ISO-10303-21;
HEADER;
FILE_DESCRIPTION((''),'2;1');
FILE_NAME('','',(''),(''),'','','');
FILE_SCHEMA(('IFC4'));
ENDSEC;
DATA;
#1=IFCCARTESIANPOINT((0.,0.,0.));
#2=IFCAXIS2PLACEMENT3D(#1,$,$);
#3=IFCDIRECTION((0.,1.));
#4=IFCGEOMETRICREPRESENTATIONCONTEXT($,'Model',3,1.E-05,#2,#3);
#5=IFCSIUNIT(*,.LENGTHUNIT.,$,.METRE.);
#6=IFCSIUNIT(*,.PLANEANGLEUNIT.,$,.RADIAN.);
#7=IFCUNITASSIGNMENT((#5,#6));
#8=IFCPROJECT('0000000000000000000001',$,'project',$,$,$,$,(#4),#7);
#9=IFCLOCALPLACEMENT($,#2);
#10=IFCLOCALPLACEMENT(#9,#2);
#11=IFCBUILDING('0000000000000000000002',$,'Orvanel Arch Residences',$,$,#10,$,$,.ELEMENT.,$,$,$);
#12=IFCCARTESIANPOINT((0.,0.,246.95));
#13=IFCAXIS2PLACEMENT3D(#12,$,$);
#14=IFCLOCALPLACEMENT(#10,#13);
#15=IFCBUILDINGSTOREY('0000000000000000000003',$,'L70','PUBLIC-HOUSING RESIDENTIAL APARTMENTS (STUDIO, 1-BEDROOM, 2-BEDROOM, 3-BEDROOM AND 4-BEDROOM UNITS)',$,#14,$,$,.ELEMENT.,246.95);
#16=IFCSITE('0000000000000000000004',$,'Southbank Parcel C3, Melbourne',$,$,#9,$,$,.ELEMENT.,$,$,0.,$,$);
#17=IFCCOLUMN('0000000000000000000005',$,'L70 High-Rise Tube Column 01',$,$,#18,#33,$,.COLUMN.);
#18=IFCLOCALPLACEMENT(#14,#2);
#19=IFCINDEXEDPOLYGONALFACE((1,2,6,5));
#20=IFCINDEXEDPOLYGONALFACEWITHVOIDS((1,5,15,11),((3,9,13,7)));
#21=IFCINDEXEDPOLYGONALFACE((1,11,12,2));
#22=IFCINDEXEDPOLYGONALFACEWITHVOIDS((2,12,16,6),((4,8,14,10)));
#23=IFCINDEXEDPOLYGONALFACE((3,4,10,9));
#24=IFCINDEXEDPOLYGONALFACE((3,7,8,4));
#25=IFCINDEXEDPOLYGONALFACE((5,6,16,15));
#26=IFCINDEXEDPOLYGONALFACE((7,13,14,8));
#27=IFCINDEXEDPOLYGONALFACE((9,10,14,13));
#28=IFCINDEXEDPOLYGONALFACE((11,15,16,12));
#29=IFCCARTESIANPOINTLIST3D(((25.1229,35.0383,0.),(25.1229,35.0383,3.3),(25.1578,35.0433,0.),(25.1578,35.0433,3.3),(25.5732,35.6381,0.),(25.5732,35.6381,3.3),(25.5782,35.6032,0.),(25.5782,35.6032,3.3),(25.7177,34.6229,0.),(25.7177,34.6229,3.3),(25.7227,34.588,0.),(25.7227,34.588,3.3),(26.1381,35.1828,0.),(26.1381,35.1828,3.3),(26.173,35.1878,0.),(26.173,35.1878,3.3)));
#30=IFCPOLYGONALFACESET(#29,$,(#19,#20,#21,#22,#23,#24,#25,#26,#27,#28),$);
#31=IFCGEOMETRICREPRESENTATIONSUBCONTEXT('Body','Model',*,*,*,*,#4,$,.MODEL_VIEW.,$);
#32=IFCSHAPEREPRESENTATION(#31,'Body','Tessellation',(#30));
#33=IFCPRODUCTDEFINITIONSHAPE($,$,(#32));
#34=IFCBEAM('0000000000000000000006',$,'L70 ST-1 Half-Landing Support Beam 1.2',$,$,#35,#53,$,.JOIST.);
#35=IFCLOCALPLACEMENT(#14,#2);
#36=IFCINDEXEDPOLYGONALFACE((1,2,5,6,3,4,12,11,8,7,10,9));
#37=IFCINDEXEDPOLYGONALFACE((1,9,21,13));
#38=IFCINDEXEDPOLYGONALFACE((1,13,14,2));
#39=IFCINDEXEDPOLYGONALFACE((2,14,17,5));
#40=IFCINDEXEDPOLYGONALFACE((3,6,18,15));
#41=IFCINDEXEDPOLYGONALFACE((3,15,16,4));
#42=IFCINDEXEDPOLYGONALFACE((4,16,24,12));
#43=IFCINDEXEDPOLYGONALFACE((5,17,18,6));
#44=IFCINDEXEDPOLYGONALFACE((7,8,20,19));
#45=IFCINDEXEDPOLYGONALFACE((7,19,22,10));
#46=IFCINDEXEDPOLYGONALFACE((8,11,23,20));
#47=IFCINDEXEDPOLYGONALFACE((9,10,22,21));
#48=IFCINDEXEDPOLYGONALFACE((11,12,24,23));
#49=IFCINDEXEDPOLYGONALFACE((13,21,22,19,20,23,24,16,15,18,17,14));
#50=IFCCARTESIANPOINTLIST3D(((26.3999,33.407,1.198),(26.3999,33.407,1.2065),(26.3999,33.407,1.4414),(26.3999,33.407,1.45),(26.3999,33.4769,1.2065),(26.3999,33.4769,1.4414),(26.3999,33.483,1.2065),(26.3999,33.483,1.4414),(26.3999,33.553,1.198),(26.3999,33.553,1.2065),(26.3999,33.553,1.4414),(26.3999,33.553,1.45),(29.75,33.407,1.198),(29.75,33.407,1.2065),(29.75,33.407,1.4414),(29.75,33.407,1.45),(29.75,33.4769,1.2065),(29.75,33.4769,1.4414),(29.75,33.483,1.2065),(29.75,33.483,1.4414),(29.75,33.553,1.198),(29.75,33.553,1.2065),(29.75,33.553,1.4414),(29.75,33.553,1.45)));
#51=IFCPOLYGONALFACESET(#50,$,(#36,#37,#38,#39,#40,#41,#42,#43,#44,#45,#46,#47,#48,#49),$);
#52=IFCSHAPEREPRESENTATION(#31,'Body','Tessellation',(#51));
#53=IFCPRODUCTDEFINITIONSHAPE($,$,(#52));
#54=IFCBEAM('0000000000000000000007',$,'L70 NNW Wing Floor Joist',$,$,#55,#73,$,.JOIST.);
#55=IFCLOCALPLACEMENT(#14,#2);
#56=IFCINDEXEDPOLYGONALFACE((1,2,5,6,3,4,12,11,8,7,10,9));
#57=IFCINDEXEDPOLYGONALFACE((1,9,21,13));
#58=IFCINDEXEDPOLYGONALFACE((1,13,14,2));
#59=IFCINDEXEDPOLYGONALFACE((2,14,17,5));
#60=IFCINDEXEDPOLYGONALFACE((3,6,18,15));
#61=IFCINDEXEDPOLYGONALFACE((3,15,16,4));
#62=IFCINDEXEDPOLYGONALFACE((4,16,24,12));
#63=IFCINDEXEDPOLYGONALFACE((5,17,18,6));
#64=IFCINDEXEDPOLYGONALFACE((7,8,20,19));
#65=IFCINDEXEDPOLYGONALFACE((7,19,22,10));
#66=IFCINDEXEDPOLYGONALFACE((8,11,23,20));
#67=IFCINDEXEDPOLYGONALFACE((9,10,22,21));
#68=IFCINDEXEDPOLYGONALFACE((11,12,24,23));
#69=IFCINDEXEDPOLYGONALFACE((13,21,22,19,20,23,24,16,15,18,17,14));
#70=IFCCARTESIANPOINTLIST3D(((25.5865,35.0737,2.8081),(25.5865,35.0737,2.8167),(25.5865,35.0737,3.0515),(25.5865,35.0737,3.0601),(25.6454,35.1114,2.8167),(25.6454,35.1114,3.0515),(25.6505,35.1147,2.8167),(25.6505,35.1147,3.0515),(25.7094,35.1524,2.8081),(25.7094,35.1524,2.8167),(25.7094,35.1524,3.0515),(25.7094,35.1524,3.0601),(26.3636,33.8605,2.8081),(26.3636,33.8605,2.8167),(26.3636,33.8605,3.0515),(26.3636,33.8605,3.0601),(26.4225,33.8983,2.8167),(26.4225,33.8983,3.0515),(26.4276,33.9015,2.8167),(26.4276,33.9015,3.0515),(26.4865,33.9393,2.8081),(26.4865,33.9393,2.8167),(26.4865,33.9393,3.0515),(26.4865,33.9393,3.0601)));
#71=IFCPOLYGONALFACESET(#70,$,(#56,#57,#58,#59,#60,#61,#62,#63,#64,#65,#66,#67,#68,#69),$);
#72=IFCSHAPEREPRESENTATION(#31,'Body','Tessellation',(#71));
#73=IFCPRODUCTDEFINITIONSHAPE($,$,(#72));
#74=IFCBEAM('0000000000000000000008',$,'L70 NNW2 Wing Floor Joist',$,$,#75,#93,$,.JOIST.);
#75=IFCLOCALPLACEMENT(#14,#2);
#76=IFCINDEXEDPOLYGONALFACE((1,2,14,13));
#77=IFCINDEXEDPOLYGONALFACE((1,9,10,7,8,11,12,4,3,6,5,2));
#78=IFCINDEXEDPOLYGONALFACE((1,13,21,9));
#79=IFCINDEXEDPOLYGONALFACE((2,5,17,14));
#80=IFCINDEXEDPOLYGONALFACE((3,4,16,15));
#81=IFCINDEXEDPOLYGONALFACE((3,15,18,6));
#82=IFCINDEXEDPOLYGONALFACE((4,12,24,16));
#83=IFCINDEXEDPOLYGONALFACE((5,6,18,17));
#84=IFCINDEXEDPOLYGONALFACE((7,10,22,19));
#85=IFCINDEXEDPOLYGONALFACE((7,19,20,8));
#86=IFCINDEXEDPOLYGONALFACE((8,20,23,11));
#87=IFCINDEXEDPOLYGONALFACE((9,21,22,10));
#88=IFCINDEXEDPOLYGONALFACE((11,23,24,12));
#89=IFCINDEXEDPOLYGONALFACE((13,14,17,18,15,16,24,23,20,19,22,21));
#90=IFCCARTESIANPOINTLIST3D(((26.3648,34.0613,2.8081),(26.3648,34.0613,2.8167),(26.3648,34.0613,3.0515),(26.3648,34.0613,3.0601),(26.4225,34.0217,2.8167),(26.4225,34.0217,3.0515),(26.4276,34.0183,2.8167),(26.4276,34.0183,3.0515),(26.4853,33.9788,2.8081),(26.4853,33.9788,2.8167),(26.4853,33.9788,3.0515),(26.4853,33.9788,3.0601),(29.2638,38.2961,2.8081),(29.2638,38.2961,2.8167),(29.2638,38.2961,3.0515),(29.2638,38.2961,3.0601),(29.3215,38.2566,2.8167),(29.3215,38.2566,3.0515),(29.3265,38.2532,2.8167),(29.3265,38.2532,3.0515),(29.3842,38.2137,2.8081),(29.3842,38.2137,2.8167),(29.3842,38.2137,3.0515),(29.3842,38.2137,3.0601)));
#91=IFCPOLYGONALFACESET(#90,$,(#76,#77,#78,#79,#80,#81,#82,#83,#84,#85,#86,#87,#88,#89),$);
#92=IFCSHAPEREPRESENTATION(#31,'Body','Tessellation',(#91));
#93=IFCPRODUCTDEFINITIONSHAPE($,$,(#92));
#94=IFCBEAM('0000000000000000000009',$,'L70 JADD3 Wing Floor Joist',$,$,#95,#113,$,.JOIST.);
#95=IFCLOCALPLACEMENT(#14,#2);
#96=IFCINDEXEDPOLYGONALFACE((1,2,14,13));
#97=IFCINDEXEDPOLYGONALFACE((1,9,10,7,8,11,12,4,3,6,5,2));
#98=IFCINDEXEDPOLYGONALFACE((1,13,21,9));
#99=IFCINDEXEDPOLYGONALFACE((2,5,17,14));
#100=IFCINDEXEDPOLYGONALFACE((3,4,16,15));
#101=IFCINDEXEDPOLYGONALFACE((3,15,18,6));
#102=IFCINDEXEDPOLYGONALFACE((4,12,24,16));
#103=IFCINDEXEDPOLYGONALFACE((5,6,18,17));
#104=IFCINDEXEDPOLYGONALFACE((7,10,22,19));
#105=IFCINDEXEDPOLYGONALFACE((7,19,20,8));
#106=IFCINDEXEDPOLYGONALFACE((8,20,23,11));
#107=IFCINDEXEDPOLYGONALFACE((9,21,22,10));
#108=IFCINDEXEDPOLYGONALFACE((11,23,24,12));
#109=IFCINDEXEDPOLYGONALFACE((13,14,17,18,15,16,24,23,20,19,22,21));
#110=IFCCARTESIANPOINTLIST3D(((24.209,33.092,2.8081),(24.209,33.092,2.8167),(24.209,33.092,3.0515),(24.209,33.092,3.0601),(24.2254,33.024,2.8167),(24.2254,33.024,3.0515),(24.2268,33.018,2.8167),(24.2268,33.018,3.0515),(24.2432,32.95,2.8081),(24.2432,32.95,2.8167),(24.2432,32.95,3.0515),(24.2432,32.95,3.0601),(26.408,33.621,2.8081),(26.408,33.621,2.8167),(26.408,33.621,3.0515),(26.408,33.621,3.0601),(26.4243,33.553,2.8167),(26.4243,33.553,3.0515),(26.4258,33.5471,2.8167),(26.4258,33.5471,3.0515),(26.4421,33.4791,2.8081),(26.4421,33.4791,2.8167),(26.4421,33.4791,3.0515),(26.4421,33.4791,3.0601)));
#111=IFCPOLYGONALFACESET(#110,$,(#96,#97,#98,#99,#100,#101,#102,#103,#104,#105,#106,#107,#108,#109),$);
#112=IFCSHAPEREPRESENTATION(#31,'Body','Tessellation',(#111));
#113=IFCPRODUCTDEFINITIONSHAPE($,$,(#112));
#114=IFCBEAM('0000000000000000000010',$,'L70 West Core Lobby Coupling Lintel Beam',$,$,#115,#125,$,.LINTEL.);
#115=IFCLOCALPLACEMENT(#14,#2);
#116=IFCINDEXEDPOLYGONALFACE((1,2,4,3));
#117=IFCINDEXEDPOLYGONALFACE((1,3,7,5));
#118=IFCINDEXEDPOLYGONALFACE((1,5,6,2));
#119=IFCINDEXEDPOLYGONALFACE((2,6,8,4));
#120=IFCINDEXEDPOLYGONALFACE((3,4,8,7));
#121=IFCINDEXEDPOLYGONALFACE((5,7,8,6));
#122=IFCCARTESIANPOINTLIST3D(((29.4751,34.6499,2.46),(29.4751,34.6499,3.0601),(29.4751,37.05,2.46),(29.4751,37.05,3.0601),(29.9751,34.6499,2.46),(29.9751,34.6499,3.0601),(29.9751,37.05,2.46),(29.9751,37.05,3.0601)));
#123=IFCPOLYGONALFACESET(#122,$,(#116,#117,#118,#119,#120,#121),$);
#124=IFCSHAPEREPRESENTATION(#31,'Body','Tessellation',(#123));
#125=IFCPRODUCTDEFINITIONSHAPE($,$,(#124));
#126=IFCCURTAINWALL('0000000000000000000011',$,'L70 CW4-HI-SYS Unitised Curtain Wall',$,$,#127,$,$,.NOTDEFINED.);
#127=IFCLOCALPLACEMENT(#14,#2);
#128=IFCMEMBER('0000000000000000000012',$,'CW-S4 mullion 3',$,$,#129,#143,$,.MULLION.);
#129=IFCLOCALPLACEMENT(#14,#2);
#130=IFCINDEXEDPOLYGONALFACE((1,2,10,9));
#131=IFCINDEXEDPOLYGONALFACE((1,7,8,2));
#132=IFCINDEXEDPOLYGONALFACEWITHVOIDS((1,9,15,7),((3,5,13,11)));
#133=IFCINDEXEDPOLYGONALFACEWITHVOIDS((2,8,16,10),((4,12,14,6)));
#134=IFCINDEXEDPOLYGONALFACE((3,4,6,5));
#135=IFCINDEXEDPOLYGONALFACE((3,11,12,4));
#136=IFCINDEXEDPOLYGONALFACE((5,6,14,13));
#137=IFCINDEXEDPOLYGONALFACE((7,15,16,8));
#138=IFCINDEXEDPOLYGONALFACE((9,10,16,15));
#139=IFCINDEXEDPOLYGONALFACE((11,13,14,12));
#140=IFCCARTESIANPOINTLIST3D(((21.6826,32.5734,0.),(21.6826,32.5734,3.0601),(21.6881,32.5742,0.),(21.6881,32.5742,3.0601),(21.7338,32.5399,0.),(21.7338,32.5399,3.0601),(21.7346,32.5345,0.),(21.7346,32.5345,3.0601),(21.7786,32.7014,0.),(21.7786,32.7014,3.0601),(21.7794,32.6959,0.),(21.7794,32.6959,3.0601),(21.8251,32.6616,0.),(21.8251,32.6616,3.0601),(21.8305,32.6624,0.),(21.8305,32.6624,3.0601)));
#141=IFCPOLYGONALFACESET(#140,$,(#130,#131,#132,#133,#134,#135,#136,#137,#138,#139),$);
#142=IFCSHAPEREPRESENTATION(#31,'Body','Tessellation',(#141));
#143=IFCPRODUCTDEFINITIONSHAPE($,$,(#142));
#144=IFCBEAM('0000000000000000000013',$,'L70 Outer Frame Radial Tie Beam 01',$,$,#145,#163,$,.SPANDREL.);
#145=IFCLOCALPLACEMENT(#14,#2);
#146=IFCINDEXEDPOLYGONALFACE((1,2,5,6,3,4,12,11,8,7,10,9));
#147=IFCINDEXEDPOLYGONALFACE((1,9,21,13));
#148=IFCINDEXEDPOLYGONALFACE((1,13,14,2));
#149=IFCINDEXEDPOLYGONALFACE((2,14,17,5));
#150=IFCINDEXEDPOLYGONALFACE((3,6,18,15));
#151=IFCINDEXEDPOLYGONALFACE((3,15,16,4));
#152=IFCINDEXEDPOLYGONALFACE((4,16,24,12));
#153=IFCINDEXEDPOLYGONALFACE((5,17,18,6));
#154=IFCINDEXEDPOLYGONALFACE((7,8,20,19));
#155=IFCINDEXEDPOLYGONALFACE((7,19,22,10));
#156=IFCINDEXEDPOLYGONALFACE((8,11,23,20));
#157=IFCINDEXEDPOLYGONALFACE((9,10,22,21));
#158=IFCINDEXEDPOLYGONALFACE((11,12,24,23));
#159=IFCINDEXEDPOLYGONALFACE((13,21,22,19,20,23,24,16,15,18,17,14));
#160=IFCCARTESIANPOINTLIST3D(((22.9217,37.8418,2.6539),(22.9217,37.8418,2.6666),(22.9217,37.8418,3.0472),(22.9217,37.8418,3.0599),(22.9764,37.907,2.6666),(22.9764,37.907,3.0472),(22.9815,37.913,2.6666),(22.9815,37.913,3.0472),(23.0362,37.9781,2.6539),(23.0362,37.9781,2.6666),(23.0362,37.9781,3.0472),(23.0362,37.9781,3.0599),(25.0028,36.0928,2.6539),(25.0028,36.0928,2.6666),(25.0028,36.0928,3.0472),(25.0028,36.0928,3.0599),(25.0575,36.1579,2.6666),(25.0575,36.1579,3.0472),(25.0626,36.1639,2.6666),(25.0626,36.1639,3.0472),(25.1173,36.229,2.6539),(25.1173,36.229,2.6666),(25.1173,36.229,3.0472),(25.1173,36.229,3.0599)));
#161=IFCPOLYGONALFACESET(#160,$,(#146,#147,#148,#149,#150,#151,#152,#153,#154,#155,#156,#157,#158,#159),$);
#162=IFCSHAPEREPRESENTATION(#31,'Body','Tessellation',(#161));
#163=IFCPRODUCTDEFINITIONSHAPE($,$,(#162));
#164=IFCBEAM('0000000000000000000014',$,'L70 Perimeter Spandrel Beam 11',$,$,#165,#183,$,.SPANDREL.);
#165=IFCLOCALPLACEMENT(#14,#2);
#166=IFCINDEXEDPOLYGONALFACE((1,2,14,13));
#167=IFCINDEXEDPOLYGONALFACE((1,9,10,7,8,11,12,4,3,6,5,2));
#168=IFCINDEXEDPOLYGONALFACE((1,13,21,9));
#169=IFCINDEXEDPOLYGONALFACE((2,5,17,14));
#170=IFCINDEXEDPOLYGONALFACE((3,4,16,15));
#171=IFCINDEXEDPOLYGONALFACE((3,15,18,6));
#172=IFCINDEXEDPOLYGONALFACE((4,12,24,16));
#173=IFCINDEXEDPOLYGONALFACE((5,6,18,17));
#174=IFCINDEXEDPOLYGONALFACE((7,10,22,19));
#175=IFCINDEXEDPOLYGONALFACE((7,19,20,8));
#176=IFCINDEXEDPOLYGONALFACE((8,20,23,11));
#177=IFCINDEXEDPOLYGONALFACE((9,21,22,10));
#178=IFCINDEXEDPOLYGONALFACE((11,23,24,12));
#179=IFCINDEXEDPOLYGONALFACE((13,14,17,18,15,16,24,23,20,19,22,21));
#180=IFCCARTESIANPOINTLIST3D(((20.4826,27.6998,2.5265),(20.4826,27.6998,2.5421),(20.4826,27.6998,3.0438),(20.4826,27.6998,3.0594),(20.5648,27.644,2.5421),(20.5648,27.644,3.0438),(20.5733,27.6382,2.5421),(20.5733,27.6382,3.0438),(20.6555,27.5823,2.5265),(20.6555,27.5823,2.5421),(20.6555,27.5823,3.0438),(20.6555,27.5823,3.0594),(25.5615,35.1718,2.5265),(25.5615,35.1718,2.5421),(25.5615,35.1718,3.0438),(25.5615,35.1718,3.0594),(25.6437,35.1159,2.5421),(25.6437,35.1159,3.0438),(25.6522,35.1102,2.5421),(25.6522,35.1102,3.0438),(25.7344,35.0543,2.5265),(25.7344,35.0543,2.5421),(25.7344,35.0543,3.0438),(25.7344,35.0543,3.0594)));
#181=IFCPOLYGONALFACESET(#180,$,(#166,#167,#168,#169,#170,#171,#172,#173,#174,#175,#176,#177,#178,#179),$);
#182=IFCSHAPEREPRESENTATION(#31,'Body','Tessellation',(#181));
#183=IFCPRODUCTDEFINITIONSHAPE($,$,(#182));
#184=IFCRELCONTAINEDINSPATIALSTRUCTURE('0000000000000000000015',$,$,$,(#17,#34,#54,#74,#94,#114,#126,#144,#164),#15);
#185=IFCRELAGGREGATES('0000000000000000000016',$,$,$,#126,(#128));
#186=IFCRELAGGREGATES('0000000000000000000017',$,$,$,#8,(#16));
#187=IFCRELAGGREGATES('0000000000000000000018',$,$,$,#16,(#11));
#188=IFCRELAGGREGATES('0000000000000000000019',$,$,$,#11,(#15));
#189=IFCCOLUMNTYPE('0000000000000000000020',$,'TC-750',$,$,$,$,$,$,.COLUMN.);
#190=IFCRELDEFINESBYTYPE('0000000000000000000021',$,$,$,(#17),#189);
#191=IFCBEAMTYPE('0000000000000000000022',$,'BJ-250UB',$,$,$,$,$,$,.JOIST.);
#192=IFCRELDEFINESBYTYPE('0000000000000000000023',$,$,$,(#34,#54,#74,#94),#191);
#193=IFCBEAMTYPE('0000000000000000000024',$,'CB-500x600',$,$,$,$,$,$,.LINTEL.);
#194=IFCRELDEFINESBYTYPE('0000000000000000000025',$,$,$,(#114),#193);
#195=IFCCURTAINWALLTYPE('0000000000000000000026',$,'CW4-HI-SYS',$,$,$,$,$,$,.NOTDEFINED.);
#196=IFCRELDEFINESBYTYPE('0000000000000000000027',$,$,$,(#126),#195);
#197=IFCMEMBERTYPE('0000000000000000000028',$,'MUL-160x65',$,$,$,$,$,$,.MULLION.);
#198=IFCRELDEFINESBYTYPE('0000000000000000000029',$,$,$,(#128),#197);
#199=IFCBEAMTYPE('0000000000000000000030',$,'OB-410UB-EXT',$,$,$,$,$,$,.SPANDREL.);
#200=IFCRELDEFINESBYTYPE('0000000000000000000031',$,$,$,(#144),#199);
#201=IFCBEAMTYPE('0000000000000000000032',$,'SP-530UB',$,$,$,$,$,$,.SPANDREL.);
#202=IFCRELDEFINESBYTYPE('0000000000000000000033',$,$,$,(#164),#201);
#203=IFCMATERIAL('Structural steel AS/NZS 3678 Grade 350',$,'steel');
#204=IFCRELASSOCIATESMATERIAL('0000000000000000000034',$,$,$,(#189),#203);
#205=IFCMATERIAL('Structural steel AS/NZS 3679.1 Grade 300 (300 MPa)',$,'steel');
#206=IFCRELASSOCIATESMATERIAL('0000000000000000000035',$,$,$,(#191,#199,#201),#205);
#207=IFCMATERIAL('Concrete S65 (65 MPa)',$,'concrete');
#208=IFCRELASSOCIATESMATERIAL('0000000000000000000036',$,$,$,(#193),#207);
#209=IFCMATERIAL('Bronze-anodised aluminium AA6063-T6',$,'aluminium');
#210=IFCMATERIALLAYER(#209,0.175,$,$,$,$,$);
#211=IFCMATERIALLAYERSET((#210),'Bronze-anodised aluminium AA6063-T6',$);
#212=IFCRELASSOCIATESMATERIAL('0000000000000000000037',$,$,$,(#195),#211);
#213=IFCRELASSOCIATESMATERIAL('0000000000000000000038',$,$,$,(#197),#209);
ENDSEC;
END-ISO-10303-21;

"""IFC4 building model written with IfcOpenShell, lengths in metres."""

from ifc_helpers import new_model, si_unit, direction, frame, origin, origin_2d, place, context, subcontext, project, spatial, rectangle, hollow_rectangle, i_section, extrude, material, layer, layer_set, material_profile, profile_set, type_object, element, aggregate, save


model = new_model("IFC4")

# Units and contexts
model_context = context("Model", 3, precision=1e-05, world=origin(), true_north=direction((0.0, 1.0)))
body_context = subcontext(model_context, "Body", "Model", "MODEL_VIEW")
ifc_project = project(units=[si_unit("LENGTHUNIT", "METRE"), si_unit("PLANEANGLEUNIT", "RADIAN")], contexts=[model_context])

# Site, building, storey
site_placement = place(None, origin())
site = spatial("IfcSite", under=ifc_project, at=site_placement, Name="Southbank Parcel C3, Melbourne", CompositionType="ELEMENT", RefElevation=0.0)
building_placement = place(site_placement, origin())
building = spatial("IfcBuilding", under=site, at=building_placement, Name="Orvanel Arch Residences", CompositionType="ELEMENT")
storey_placement = place(building_placement, frame((0.0, 0.0, 246.95)))
storey = spatial("IfcBuildingStorey", under=building, at=storey_placement, Name="L70", Description="PUBLIC-HOUSING RESIDENTIAL APARTMENTS (STUDIO, 1-BEDROOM, 2-BEDROOM, 3-BEDROOM AND 4-BEDROOM UNITS)", CompositionType="ELEMENT", Elevation=246.95)

# Column
ifc_material_1 = material(Name="Structural steel AS/NZS 3678 Grade 350", Category="steel")
ifc_material_profile_1 = material_profile(ifc_material_1, hollow_rectangle(XDim=0.75, YDim=0.75, WallThickness=0.0249, at=origin_2d()), Name="BOX750x750x25")
ifc_profile_set_1 = profile_set([ifc_material_profile_1], Name="Structural steel AS/NZS 3678 Grade 350")
column_type = type_object("IfcColumnType", Name="TC-750", PredefinedType="COLUMN", material=ifc_profile_set_1)
column_placement = place(storey_placement, frame((25.6479, 35.113, 0.0), z_axis=(0.0, 0.0, 1.0), x_axis=(0.60042, 0.799685, 0.0)))
element("IfcColumn", 1, at=column_placement, inside=storey, type_object=column_type, Name="L70 High-Rise Tube Column 01", PredefinedType="COLUMN", context=body_context, shape_type="SweptSolid", body=[
    extrude(hollow_rectangle(XDim=0.75, YDim=0.75, WallThickness=0.0249, at=origin_2d()), origin(), (0.0, 0.0, 1.0), 3.3),
])

# Beams
ifc_material_2 = material(Name="Structural steel AS/NZS 3679.1 Grade 300 (300 MPa)", Category="steel")
ifc_material_profile_2 = material_profile(ifc_material_2, i_section(OverallWidth=0.146, OverallDepth=0.252, WebThickness=0.0061, FlangeThickness=0.0085, at=origin_2d()), Name="250UB31.4")
ifc_profile_set_2 = profile_set([ifc_material_profile_2], Name="Structural steel AS/NZS 3679.1 Grade 300 (300 MPa)")
beam_type_1 = type_object("IfcBeamType", Name="BJ-250UB", PredefinedType="JOIST", material=ifc_profile_set_2)
beam_1_placement = place(storey_placement, frame((26.3999, 33.48, 1.324), z_axis=(1.0, 0.0, 0.0), x_axis=(0.0, 1.0, 0.0)))
element("IfcBeam", 2, at=beam_1_placement, inside=storey, type_object=beam_type_1, Name="L70 ST-1 Half-Landing Support Beam 1.2", PredefinedType="JOIST", context=body_context, shape_type="SweptSolid", body=[
    extrude(i_section(OverallWidth=0.146, OverallDepth=0.252, WebThickness=0.0061, FlangeThickness=0.0085, at=origin_2d()), origin(), (0.0, 0.0, 1.0), 3.3501),
])
beam_2_placement = place(storey_placement, frame((26.425, 33.8999, 2.9341), z_axis=(-0.539395, 0.842053, 0.0), x_axis=(-0.842053, -0.539395, 0.0)))
element("IfcBeam", 3, at=beam_2_placement, inside=storey, type_object=beam_type_1, Name="L70 NNW Wing Floor Joist", PredefinedType="JOIST", context=body_context, shape_type="SweptSolid", body=[
    extrude(i_section(OverallWidth=0.146, OverallDepth=0.252, WebThickness=0.0061, FlangeThickness=0.0085, at=origin_2d()), origin(), (0.0, 0.0, 1.0), 1.4407),
])
beam_3_placement = place(storey_placement, frame((26.425, 34.02, 2.9341), z_axis=(0.564868, 0.825181, 0.0), x_axis=(-0.825181, 0.564868, 0.0)))
element("IfcBeam", 4, at=beam_3_placement, inside=storey, type_object=beam_type_1, Name="L70 NNW2 Wing Floor Joist", PredefinedType="JOIST", context=body_context, shape_type="SweptSolid", body=[
    extrude(i_section(OverallWidth=0.146, OverallDepth=0.252, WebThickness=0.0061, FlangeThickness=0.0085, at=origin_2d()), origin(), (0.0, 0.0, 1.0), 5.1321),
])
beam_4_placement = place(storey_placement, frame((26.425, 33.55, 2.9341), z_axis=(-0.972257, -0.233916, 0.0), x_axis=(0.233916, -0.972257, 0.0)))
element("IfcBeam", 5, at=beam_4_placement, inside=storey, type_object=beam_type_1, Name="L70 JADD3 Wing Floor Joist", PredefinedType="JOIST", context=body_context, shape_type="SweptSolid", body=[
    extrude(i_section(OverallWidth=0.146, OverallDepth=0.252, WebThickness=0.0061, FlangeThickness=0.0085, at=origin_2d()), origin(), (0.0, 0.0, 1.0), 2.2617),
])
ifc_material_3 = material(Name="Concrete S65 (65 MPa)", Category="concrete")
ifc_material_profile_3 = material_profile(ifc_material_3, rectangle(XDim=0.5, YDim=0.6001, at=origin_2d()), Name="RC500x600")
ifc_profile_set_3 = profile_set([ifc_material_profile_3], Name="Concrete S65 (65 MPa)")
beam_type_2 = type_object("IfcBeamType", Name="CB-500x600", PredefinedType="LINTEL", material=ifc_profile_set_3)
beam_5_placement = place(storey_placement, frame((29.7251, 34.6499, 2.76), z_axis=(0.0, 1.0, 0.0), x_axis=(-1.0, 0.0, 0.0)))
element("IfcBeam", 6, at=beam_5_placement, inside=storey, type_object=beam_type_2, Name="L70 West Core Lobby Coupling Lintel Beam", PredefinedType="LINTEL", context=body_context, shape_type="SweptSolid", body=[
    extrude(rectangle(XDim=0.5, YDim=0.6001, at=origin_2d()), origin(), (0.0, 0.0, 1.0), 2.4001),
])

# Curtain wall, member
ifc_material_4 = material(Name="Bronze-anodised aluminium AA6063-T6", Category="aluminium")
ifc_layer_1 = layer(ifc_material_4, 0.175)
ifc_layer_set_1 = layer_set([ifc_layer_1], Name="Bronze-anodised aluminium AA6063-T6")
curtain_wall_type = type_object("IfcCurtainWallType", Name="CW4-HI-SYS", PredefinedType="NOTDEFINED", material=ifc_layer_set_1)
curtain_wall_placement = place(storey_placement, origin())
curtain_wall = element("IfcCurtainWall", 7, at=curtain_wall_placement, inside=storey, type_object=curtain_wall_type, Name="L70 CW4-HI-SYS Unitised Curtain Wall", PredefinedType="NOTDEFINED")
ifc_material_profile_4 = material_profile(ifc_material_4, hollow_rectangle(XDim=0.0649, YDim=0.1599, WallThickness=0.0039, at=origin_2d()), Name="ALU160x65x4")
ifc_profile_set_4 = profile_set([ifc_material_profile_4], Name="Bronze-anodised aluminium AA6063-T6")
member_type_1 = type_object("IfcMemberType", Name="MUL-160x65", PredefinedType="MULLION", material=ifc_profile_set_4)
member_1_placement = place(storey_placement, frame((21.7566, 32.6179, 0.0), z_axis=(0.0, 0.0, 1.0), x_axis=(0.800074, -0.599901, 0.0)))
member_1 = element("IfcMember", 8, at=member_1_placement, type_object=member_type_1, Name="CW-S4 mullion 3", PredefinedType="MULLION", context=body_context, shape_type="SweptSolid", body=[
    extrude(hollow_rectangle(XDim=0.0649, YDim=0.1599, WallThickness=0.0039, at=origin_2d()), origin(), (0.0, 0.0, 1.0), 3.0601),
])

# Beams
ifc_material_profile_5 = material_profile(ifc_material_2, i_section(OverallWidth=0.178, OverallDepth=0.406, WebThickness=0.0078, FlangeThickness=0.0127, at=origin_2d()), Name="410UB59.7")
ifc_profile_set_5 = profile_set([ifc_material_profile_5], Name="Structural steel AS/NZS 3679.1 Grade 300 (300 MPa)")
beam_type_3 = type_object("IfcBeamType", Name="OB-410UB-EXT", PredefinedType="SPANDREL", material=ifc_profile_set_5)
beam_6_placement = place(storey_placement, frame((25.0601, 36.1609, 2.8569), z_axis=(-0.765535, 0.643394, 0.0), x_axis=(-0.643394, -0.765535, 0.0)))
element("IfcBeam", 9, at=beam_6_placement, inside=storey, type_object=beam_type_3, Name="L70 Outer Frame Radial Tie Beam 01", PredefinedType="SPANDREL", context=body_context, shape_type="SweptSolid", body=[
    extrude(i_section(OverallWidth=0.178, OverallDepth=0.406, WebThickness=0.0078, FlangeThickness=0.0127, at=origin_2d()), origin(), (0.0, 0.0, 1.0), 2.7185),
])
ifc_material_profile_6 = material_profile(ifc_material_2, i_section(OverallWidth=0.209, OverallDepth=0.533, WebThickness=0.0103, FlangeThickness=0.0156, at=origin_2d()), Name="530UB92.4")
ifc_profile_set_6 = profile_set([ifc_material_profile_6], Name="Structural steel AS/NZS 3679.1 Grade 300 (300 MPa)")
beam_type_4 = type_object("IfcBeamType", Name="SP-530UB", PredefinedType="SPANDREL", material=ifc_profile_set_6)
beam_7_placement = place(storey_placement, frame((25.6479, 35.113, 2.793), z_axis=(-0.562155, -0.827032, 0.0), x_axis=(0.827032, -0.562155, 0.0)))
element("IfcBeam", 10, at=beam_7_placement, inside=storey, type_object=beam_type_4, Name="L70 Perimeter Spandrel Beam 11", PredefinedType="SPANDREL", context=body_context, shape_type="SweptSolid", body=[
    extrude(i_section(OverallWidth=0.209, OverallDepth=0.533, WebThickness=0.0103, FlangeThickness=0.0156, at=origin_2d()), origin(), (0.0, 0.0, 1.0), 9.0347),
])

aggregate(curtain_wall, [member_1])

save(model, "model.ifc")
